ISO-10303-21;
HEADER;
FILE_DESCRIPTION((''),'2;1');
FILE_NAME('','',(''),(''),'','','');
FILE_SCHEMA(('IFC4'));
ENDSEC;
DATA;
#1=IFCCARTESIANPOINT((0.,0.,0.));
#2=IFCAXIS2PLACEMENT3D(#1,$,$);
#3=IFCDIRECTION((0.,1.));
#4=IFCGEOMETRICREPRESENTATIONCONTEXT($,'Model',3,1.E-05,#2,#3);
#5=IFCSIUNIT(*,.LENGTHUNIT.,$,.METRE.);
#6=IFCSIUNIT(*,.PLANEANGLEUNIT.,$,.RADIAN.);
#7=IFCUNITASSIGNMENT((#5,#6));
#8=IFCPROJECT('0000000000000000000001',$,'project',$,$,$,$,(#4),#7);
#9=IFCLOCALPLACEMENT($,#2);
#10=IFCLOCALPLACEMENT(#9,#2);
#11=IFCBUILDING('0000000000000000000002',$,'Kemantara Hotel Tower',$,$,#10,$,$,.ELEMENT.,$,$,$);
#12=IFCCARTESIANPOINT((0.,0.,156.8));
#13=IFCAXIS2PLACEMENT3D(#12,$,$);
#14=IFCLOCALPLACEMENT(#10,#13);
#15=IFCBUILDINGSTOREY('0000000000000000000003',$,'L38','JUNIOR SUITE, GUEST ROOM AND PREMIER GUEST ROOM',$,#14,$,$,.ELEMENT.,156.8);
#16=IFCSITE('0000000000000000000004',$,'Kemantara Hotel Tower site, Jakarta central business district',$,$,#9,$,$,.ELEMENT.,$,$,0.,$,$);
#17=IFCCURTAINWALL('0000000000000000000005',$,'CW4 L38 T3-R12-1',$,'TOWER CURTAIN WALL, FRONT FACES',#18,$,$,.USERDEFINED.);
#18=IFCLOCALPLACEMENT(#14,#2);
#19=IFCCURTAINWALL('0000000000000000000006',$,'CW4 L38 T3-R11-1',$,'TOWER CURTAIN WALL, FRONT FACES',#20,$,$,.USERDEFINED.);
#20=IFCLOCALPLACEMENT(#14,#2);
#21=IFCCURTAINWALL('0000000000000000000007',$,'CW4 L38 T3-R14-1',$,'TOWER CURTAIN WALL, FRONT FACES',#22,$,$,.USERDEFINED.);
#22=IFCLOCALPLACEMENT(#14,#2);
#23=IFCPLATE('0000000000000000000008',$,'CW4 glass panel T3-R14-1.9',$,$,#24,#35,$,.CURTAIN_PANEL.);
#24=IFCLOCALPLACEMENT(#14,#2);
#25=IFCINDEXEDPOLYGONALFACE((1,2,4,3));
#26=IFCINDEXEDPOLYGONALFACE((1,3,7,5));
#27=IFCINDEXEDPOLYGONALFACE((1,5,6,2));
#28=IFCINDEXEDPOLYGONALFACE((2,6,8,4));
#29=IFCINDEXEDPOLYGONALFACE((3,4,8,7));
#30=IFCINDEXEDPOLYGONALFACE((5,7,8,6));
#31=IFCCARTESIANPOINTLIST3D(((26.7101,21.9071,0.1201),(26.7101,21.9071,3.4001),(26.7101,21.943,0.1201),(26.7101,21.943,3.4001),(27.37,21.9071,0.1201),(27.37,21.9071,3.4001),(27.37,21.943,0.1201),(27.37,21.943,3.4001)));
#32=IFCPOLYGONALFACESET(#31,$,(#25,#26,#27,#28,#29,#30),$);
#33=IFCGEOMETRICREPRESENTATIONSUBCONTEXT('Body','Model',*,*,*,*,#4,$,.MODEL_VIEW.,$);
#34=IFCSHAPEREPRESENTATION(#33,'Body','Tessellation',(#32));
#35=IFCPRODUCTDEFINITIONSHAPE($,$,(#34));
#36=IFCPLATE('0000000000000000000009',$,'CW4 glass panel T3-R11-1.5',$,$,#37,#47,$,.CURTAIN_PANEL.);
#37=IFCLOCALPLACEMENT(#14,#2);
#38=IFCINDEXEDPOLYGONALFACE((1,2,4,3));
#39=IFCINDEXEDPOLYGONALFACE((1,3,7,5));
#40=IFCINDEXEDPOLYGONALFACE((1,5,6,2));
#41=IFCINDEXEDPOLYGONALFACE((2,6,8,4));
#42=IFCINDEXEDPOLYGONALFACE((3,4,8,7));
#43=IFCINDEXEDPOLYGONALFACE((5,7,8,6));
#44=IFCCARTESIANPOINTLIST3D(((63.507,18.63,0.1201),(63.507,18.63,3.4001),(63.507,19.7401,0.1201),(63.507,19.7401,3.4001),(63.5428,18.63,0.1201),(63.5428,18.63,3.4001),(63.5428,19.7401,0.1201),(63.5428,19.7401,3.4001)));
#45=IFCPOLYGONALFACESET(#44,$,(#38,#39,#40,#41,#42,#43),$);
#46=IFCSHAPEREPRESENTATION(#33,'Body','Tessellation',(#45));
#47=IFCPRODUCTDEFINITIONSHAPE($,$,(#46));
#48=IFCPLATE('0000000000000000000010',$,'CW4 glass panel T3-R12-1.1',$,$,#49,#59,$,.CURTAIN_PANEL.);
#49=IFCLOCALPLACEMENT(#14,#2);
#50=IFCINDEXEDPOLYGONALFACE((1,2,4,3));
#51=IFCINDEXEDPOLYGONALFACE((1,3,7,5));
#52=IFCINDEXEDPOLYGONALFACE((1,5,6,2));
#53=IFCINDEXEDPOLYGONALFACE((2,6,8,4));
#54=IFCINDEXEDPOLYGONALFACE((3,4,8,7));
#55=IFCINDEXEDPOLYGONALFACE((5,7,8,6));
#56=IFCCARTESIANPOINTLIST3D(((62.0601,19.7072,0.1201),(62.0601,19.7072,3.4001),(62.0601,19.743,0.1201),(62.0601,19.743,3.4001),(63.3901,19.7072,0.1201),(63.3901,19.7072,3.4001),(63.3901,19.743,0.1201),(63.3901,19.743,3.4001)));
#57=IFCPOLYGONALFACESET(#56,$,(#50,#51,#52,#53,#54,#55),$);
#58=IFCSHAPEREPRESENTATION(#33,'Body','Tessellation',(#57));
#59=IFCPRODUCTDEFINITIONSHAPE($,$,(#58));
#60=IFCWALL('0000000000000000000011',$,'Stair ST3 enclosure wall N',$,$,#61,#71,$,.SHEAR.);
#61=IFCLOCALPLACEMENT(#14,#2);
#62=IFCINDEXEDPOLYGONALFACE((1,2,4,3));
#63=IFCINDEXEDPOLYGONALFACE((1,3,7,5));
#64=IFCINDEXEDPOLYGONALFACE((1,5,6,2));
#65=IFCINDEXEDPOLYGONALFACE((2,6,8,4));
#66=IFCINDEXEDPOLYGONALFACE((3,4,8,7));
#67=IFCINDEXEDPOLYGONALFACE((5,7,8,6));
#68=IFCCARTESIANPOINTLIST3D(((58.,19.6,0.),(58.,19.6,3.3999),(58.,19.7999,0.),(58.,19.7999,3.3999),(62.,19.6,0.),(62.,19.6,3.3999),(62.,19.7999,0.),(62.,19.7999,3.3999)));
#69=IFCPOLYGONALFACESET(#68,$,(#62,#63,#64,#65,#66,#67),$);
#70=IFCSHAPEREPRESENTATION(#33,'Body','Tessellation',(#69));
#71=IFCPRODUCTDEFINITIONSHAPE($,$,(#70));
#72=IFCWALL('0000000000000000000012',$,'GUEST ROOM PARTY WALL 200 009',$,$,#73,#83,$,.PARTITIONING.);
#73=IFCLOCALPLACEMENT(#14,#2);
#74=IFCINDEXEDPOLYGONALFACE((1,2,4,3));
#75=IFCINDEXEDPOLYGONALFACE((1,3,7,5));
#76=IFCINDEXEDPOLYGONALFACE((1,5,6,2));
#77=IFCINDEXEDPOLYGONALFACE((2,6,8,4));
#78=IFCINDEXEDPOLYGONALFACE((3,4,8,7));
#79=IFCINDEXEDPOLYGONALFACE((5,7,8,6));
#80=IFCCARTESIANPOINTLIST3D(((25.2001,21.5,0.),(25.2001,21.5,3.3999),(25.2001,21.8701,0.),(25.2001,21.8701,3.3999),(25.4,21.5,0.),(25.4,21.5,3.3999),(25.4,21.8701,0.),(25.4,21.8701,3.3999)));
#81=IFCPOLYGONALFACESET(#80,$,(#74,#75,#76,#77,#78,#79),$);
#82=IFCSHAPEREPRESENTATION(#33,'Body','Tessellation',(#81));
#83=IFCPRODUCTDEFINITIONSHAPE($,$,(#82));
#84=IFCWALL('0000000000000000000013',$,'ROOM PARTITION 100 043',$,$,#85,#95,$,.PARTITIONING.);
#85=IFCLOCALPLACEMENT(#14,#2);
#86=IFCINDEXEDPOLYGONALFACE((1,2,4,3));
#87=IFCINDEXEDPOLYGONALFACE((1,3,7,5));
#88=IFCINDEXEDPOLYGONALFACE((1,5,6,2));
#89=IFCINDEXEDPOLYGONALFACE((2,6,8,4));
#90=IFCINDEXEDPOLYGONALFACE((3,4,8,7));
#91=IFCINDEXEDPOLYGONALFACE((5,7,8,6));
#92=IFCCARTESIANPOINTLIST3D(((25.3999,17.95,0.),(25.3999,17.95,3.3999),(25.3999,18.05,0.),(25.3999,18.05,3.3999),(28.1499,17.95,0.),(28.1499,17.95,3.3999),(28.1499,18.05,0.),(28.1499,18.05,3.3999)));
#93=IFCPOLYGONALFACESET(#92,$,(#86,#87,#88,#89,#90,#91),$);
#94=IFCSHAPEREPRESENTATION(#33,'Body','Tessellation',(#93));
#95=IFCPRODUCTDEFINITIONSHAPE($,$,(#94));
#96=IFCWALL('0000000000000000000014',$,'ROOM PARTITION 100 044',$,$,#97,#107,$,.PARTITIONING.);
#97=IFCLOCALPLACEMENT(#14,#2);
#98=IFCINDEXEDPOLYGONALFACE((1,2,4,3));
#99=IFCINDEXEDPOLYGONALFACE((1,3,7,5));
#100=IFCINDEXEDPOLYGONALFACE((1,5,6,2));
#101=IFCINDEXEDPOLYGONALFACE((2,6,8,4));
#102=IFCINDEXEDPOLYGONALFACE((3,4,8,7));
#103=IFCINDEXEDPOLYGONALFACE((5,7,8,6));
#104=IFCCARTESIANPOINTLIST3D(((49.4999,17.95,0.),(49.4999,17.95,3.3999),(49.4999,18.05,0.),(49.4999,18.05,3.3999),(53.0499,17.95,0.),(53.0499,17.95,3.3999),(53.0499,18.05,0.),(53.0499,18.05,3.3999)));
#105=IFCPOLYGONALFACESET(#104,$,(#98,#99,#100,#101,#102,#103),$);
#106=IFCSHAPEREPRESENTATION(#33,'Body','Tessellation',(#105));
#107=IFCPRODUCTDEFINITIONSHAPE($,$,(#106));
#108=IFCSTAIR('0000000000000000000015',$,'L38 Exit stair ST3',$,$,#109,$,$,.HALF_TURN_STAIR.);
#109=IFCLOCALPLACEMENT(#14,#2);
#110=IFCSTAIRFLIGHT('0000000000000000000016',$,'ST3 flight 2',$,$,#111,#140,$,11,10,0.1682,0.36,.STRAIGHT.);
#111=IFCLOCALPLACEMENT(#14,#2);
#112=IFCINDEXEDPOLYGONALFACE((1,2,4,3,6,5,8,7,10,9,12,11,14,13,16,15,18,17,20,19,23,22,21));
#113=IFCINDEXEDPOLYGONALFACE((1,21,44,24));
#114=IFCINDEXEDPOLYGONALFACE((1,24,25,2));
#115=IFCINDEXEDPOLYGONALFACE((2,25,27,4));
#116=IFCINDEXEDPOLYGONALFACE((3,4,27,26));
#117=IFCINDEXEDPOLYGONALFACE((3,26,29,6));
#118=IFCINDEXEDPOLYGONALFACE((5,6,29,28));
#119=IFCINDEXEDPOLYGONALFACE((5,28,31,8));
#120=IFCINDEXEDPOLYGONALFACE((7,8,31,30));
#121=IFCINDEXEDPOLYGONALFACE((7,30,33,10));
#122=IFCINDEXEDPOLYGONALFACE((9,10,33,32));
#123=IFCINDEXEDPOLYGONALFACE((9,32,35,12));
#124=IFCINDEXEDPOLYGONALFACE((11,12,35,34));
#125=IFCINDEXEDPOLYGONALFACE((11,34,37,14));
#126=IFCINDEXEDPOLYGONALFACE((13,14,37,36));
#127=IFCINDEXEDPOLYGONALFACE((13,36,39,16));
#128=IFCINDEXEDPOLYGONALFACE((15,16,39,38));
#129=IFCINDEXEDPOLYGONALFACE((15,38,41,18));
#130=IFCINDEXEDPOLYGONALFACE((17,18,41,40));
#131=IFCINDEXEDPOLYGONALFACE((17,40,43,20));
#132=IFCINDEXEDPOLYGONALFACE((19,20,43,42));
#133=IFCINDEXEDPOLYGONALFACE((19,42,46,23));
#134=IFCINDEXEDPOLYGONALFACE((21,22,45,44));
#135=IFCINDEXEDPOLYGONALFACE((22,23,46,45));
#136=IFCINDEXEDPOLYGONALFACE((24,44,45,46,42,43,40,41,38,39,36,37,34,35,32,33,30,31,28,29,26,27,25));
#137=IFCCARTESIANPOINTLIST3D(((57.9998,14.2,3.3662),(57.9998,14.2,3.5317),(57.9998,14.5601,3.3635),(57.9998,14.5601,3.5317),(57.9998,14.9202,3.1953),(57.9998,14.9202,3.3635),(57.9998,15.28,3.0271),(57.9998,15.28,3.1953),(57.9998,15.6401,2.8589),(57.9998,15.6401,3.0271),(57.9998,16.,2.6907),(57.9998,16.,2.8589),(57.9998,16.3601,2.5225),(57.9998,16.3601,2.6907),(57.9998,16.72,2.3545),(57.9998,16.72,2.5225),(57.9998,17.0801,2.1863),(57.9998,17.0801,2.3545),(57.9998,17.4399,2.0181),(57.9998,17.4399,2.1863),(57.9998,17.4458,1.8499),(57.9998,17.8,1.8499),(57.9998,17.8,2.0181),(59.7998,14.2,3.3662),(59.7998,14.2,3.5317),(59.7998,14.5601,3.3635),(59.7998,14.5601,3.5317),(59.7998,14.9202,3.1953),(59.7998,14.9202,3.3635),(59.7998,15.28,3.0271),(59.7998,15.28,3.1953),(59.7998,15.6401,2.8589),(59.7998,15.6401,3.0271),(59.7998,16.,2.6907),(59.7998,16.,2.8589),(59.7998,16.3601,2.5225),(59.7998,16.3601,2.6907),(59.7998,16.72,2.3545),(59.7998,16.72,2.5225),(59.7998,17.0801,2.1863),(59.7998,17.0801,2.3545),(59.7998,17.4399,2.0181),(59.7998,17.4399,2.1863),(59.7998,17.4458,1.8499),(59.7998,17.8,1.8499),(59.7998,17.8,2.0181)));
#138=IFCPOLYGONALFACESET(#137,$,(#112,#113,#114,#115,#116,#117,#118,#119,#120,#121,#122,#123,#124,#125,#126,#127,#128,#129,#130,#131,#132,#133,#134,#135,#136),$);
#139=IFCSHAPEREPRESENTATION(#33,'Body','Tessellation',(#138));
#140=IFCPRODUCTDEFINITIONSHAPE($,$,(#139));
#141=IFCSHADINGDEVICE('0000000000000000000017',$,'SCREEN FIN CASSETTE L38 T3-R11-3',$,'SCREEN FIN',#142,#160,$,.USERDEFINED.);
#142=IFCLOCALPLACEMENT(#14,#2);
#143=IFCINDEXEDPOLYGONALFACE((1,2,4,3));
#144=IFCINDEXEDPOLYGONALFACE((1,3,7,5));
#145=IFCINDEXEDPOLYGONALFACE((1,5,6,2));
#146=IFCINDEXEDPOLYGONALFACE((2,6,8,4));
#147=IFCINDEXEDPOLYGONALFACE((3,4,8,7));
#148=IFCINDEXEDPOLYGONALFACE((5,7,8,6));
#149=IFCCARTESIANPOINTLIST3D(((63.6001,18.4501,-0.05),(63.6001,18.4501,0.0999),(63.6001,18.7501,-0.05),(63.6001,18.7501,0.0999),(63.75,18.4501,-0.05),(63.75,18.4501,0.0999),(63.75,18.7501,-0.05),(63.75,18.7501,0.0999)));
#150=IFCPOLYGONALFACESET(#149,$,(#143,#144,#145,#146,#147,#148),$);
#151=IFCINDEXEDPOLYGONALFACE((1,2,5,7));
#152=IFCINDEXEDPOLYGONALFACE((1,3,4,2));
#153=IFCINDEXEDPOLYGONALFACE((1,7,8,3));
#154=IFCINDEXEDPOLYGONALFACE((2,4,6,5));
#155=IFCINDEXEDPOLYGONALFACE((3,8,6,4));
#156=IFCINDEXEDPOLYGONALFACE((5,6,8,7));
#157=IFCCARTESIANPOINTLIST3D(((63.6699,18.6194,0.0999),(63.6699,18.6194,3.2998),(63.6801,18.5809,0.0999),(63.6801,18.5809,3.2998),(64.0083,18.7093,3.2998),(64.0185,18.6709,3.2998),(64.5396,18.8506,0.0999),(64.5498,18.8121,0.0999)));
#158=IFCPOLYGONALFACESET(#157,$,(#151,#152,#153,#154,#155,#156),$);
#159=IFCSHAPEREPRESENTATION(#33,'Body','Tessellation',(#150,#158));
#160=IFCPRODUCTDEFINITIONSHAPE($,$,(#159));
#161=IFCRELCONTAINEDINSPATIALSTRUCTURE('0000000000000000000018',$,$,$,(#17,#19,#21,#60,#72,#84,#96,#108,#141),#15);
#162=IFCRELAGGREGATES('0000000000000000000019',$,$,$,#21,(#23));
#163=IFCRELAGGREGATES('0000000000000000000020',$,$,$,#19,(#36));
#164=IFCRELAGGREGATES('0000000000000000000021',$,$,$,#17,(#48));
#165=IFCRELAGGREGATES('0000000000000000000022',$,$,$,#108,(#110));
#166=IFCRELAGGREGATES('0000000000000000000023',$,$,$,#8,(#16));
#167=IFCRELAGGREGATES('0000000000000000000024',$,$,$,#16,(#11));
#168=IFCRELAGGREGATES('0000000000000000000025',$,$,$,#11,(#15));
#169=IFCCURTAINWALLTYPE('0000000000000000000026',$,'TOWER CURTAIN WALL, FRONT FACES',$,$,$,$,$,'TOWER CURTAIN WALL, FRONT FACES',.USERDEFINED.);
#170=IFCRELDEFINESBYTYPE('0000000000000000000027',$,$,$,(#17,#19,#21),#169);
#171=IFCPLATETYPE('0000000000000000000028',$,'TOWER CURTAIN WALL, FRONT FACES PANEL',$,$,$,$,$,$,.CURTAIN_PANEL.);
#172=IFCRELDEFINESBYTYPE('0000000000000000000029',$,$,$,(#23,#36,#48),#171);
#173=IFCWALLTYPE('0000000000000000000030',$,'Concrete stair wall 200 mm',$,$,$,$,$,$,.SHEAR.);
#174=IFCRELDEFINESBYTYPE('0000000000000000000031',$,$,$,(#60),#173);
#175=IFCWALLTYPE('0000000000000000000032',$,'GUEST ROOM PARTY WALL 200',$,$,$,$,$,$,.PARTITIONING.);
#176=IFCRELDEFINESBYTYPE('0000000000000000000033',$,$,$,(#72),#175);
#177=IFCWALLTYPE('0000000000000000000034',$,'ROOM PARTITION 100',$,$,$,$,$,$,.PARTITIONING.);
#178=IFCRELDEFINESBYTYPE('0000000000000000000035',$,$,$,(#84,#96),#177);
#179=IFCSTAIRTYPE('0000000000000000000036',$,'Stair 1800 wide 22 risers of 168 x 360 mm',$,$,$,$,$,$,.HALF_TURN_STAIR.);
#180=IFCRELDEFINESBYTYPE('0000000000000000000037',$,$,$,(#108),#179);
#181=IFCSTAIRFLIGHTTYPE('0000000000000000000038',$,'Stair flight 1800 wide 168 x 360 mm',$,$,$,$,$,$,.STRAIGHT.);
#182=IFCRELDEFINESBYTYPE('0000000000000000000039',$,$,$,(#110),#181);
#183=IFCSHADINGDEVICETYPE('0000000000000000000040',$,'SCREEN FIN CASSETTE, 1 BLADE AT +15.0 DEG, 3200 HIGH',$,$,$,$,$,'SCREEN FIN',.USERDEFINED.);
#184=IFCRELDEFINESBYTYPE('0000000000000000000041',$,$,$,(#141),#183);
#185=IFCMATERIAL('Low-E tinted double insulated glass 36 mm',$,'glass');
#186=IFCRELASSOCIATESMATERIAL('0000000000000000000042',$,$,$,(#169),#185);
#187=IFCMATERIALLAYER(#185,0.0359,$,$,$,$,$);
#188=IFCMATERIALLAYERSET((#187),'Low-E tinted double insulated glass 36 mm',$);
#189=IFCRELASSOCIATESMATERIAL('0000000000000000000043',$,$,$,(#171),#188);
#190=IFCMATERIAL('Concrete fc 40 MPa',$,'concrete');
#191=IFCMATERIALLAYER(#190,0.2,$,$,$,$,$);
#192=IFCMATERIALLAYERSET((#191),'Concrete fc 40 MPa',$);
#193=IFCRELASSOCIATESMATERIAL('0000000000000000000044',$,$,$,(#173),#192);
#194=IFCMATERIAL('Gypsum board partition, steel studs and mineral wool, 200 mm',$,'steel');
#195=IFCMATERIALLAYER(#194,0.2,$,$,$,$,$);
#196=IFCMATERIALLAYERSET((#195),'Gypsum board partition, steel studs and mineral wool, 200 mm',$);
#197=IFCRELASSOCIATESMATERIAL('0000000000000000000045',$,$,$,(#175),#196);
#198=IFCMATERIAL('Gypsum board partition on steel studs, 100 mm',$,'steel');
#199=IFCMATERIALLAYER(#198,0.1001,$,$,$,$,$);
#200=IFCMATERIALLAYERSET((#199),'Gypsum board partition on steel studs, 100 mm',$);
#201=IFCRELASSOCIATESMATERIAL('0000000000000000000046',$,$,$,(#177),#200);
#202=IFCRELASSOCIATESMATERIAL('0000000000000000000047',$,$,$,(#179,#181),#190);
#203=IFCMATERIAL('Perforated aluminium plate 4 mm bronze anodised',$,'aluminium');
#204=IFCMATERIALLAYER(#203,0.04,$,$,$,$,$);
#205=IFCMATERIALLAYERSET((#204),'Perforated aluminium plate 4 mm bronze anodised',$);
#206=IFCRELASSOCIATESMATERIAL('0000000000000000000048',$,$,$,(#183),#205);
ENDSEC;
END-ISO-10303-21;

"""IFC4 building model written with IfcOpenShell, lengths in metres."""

from ifc_helpers import new_model, si_unit, direction, frame, frame_2d, origin, origin_2d, place, context, subcontext, project, spatial, polyline, rectangle, outline, extrude, source, transform, mapped, material, layer, layer_set, type_object, element, aggregate, save


model = new_model("IFC4")

# Units and contexts
model_context = context("Model", 3, precision=1e-05, world=origin(), true_north=direction((0.0, 1.0)))
body_context = subcontext(model_context, "Body", "Model", "MODEL_VIEW")
ifc_project = project(units=[si_unit("LENGTHUNIT", "METRE"), si_unit("PLANEANGLEUNIT", "RADIAN")], contexts=[model_context])

# Site, building, storey
site_placement = place(None, origin())
site = spatial("IfcSite", under=ifc_project, at=site_placement, Name="Kemantara Hotel Tower site, Jakarta central business district", CompositionType="ELEMENT", RefElevation=0.0)
building_placement = place(site_placement, origin())
building = spatial("IfcBuilding", under=site, at=building_placement, Name="Kemantara Hotel Tower", CompositionType="ELEMENT")
storey_placement = place(building_placement, frame((0.0, 0.0, 156.8)))
storey = spatial("IfcBuildingStorey", under=building, at=storey_placement, Name="L38", Description="JUNIOR SUITE, GUEST ROOM AND PREMIER GUEST ROOM", CompositionType="ELEMENT", Elevation=156.8)

# Curtain wall
ifc_material_1 = material(Name="Low-E tinted double insulated glass 36 mm", Category="glass")
curtain_wall_type = type_object("IfcCurtainWallType", Name="TOWER CURTAIN WALL, FRONT FACES", ElementType="TOWER CURTAIN WALL, FRONT FACES", PredefinedType="USERDEFINED", material=ifc_material_1)
curtain_wall_1_placement = place(storey_placement, origin())
curtain_wall_1 = element("IfcCurtainWall", 1, at=curtain_wall_1_placement, inside=storey, type_object=curtain_wall_type, Name="CW4 L38 T3-R12-1", ObjectType="TOWER CURTAIN WALL, FRONT FACES", PredefinedType="USERDEFINED")

# Curtain walls
curtain_wall_2_placement = place(storey_placement, origin())
curtain_wall_2 = element("IfcCurtainWall", 2, at=curtain_wall_2_placement, inside=storey, type_object=curtain_wall_type, Name="CW4 L38 T3-R11-1", ObjectType="TOWER CURTAIN WALL, FRONT FACES", PredefinedType="USERDEFINED")
curtain_wall_3_placement = place(storey_placement, origin())
curtain_wall_3 = element("IfcCurtainWall", 3, at=curtain_wall_3_placement, inside=storey, type_object=curtain_wall_type, Name="CW4 L38 T3-R14-1", ObjectType="TOWER CURTAIN WALL, FRONT FACES", PredefinedType="USERDEFINED")

# Plates
ifc_layer_1 = layer(ifc_material_1, 0.0359)
ifc_layer_set_1 = layer_set([ifc_layer_1], Name="Low-E tinted double insulated glass 36 mm")
plate_type = type_object("IfcPlateType", Name="TOWER CURTAIN WALL, FRONT FACES PANEL", PredefinedType="CURTAIN_PANEL", material=ifc_layer_set_1)
shared_shape_1 = source(origin(), body_context, "Body", "SweptSolid", [
    extrude(rectangle(XDim=0.6599, YDim=0.0359, at=origin_2d()), origin(), (0.0, 0.0, 1.0), 3.28),
])
plate_1_placement = place(storey_placement, frame((27.04, 21.925, 0.1201), z_axis=(0.0, 0.0, 1.0), x_axis=(-1.0, 0.0, 0.0)))
plate_1 = element("IfcPlate", 4, at=plate_1_placement, type_object=plate_type, Name="CW4 glass panel T3-R14-1.9", PredefinedType="CURTAIN_PANEL", context=body_context, shape_type="MappedRepresentation", body=[
    mapped(shared_shape_1, transform((0.0, 0.0, 0.0))),
])
aggregate(curtain_wall_3, [plate_1])
shared_shape_2 = source(origin(), body_context, "Body", "SweptSolid", [
    extrude(rectangle(XDim=1.1101, YDim=0.0359, at=origin_2d()), origin(), (0.0, 0.0, 1.0), 3.28),
])
plate_2_placement = place(storey_placement, frame((63.5249, 19.1851, 0.1201), z_axis=(0.0, 0.0, 1.0), x_axis=(0.0, 1.0, 0.0)))
plate_2 = element("IfcPlate", 5, at=plate_2_placement, type_object=plate_type, Name="CW4 glass panel T3-R11-1.5", PredefinedType="CURTAIN_PANEL", context=body_context, shape_type="MappedRepresentation", body=[
    mapped(shared_shape_2, transform((0.0, 0.0, 0.0))),
])
aggregate(curtain_wall_2, [plate_2])
shared_shape_3 = source(origin(), body_context, "Body", "SweptSolid", [
    extrude(rectangle(XDim=1.3301, YDim=0.0359, at=origin_2d()), origin(), (0.0, 0.0, 1.0), 3.28),
])
plate_3_placement = place(storey_placement, frame((62.7251, 19.7251, 0.1201), z_axis=(0.0, 0.0, 1.0), x_axis=(-1.0, 0.0, 0.0)))
plate_3 = element("IfcPlate", 6, at=plate_3_placement, type_object=plate_type, Name="CW4 glass panel T3-R12-1.1", PredefinedType="CURTAIN_PANEL", context=body_context, shape_type="MappedRepresentation", body=[
    mapped(shared_shape_3, transform((0.0, 0.0, 0.0))),
])
aggregate(curtain_wall_1, [plate_3])

# Walls
ifc_material_2 = material(Name="Concrete fc 40 MPa", Category="concrete")
ifc_layer_2 = layer(ifc_material_2, 0.2)
ifc_layer_set_2 = layer_set([ifc_layer_2], Name="Concrete fc 40 MPa")
wall_type_1 = type_object("IfcWallType", Name="Concrete stair wall 200 mm", PredefinedType="SHEAR", material=ifc_layer_set_2)
wall_1_placement = place(storey_placement, frame((58.0, 19.7, 0.0), z_axis=(0.0, 0.0, 1.0), x_axis=(1.0, 0.0, 0.0)))
element("IfcWall", 7, at=wall_1_placement, inside=storey, type_object=wall_type_1, Name="Stair ST3 enclosure wall N", PredefinedType="SHEAR", context=body_context, shape_type="SweptSolid", body=[
    extrude(rectangle(XDim=4.0, YDim=0.2, at=frame_2d((2.0, 0.0))), origin(), (0.0, 0.0, 1.0), 3.3999),
])
ifc_material_3 = material(Name="Gypsum board partition, steel studs and mineral wool, 200 mm", Category="steel")
ifc_layer_3 = layer(ifc_material_3, 0.2)
ifc_layer_set_3 = layer_set([ifc_layer_3], Name="Gypsum board partition, steel studs and mineral wool, 200 mm")
wall_type_2 = type_object("IfcWallType", Name="GUEST ROOM PARTY WALL 200", PredefinedType="PARTITIONING", material=ifc_layer_set_3)
wall_2_placement = place(storey_placement, frame((25.3, 21.5, 0.0), z_axis=(0.0, 0.0, 1.0), x_axis=(0.0, 1.0, 0.0)))
element("IfcWall", 8, at=wall_2_placement, inside=storey, type_object=wall_type_2, Name="GUEST ROOM PARTY WALL 200 009", PredefinedType="PARTITIONING", context=body_context, shape_type="SweptSolid", body=[
    extrude(rectangle(XDim=0.3701, YDim=0.2, at=frame_2d((0.1851, 0.0))), origin(), (0.0, 0.0, 1.0), 3.3999),
])
ifc_material_4 = material(Name="Gypsum board partition on steel studs, 100 mm", Category="steel")
ifc_layer_4 = layer(ifc_material_4, 0.1001)
ifc_layer_set_4 = layer_set([ifc_layer_4], Name="Gypsum board partition on steel studs, 100 mm")
wall_type_3 = type_object("IfcWallType", Name="ROOM PARTITION 100", PredefinedType="PARTITIONING", material=ifc_layer_set_4)
wall_3_placement = place(storey_placement, frame((25.3999, 18.0, 0.0), z_axis=(0.0, 0.0, 1.0), x_axis=(1.0, 0.0, 0.0)))
element("IfcWall", 9, at=wall_3_placement, inside=storey, type_object=wall_type_3, Name="ROOM PARTITION 100 043", PredefinedType="PARTITIONING", context=body_context, shape_type="SweptSolid", body=[
    extrude(rectangle(XDim=2.75, YDim=0.1001, at=frame_2d((1.375, 0.0))), origin(), (0.0, 0.0, 1.0), 3.3999),
])
wall_4_placement = place(storey_placement, frame((49.5, 18.0, 0.0), z_axis=(0.0, 0.0, 1.0), x_axis=(1.0, 0.0, 0.0)))
element("IfcWall", 10, at=wall_4_placement, inside=storey, type_object=wall_type_3, Name="ROOM PARTITION 100 044", PredefinedType="PARTITIONING", context=body_context, shape_type="SweptSolid", body=[
    extrude(rectangle(XDim=3.55, YDim=0.1001, at=frame_2d((1.7749, 0.0))), origin(), (0.0, 0.0, 1.0), 3.3999),
])

# Stair, stair flight
stair_type = type_object("IfcStairType", Name="Stair 1800 wide 22 risers of 168 x 360 mm", PredefinedType="HALF_TURN_STAIR", material=ifc_material_2)
stair_placement = place(storey_placement, origin())
stair = element("IfcStair", 11, at=stair_placement, inside=storey, type_object=stair_type, Name="L38 Exit stair ST3", PredefinedType="HALF_TURN_STAIR")
stair_flight_type = type_object("IfcStairFlightType", Name="Stair flight 1800 wide 168 x 360 mm", PredefinedType="STRAIGHT", material=ifc_material_2)
stair_flight_placement = place(storey_placement, frame((58.8999, 17.8, 1.8499), z_axis=(0.0, 0.0, 1.0), x_axis=(0.0, -1.0, 0.0)))
stair_flight = element("IfcStairFlight", 12, at=stair_flight_placement, type_object=stair_flight_type, Name="ST3 flight 2", NumberOfRisers=11, NumberOfTreads=10, PredefinedType="STRAIGHT", RiserHeight=0.1682, TreadLength=0.36, context=body_context, shape_type="SweptSolid", body=[
    extrude(outline(polyline([(0.0, 0.0), (0.0, 0.1682), (0.3601, 0.1682), (0.3601, 0.3364), (0.72, 0.3364), (0.72, 0.5046), (1.0801, 0.5046), (1.0801, 0.6726), (1.4399, 0.6726), (1.4399, 0.8408), (1.8, 0.8408), (1.8, 1.009), (2.1599, 1.009), (2.1599, 1.1772), (2.52, 1.1772), (2.52, 1.3455), (2.8799, 1.3455), (2.8799, 1.5137), (3.24, 1.5137), (3.24, 1.6819), (3.6001, 1.6819), (3.6001, 1.8501), (3.6001, 1.5164), (0.3542, 0.0), (0.0, 0.0)])), frame((0.0, 0.8999, 0.0), z_axis=(0.0, -1.0, 0.0), x_axis=(1.0, 0.0, 0.0)), (0.0, 0.0, 1.0), 1.8),
])
aggregate(stair, [stair_flight])

# Shading device
ifc_material_5 = material(Name="Perforated aluminium plate 4 mm bronze anodised", Category="aluminium")
ifc_layer_5 = layer(ifc_material_5, 0.04)
ifc_layer_set_5 = layer_set([ifc_layer_5], Name="Perforated aluminium plate 4 mm bronze anodised")
shading_device_type = type_object("IfcShadingDeviceType", Name="SCREEN FIN CASSETTE, 1 BLADE AT +15.0 DEG, 3200 HIGH", ElementType="SCREEN FIN", PredefinedType="USERDEFINED", material=ifc_layer_set_5)
shared_shape_4 = source(origin(), body_context, "Body", "SweptSolid", [
    extrude(rectangle(XDim=0.3, YDim=0.1499, at=origin_2d()), frame((0.0, -0.075, -0.1499), z_axis=(0.0, 0.0, 1.0), x_axis=(1.0, 0.0, 0.0)), (0.0, 0.0, 1.0), 0.1499),
    extrude(outline(polyline([(0.0, 0.0), (0.8999, 0.0), (0.3501, 3.2), (0.0, 3.2), (0.0, 0.0)])), frame((0.0193, -0.0698, 0.0), z_axis=(-0.966438, -0.256901, 0.0), x_axis=(0.256901, -0.966438, 0.0)), (0.0, 0.0, 1.0), 0.0398),
])
shading_device_placement = place(storey_placement, frame((63.6001, 18.6001, 0.0999), z_axis=(0.0, 0.0, 1.0), x_axis=(0.0, 1.0, 0.0)))
element("IfcShadingDevice", 13, at=shading_device_placement, inside=storey, type_object=shading_device_type, Name="SCREEN FIN CASSETTE L38 T3-R11-3", ObjectType="SCREEN FIN", PredefinedType="USERDEFINED", context=body_context, shape_type="MappedRepresentation", body=[
    mapped(shared_shape_4, transform((0.0, 0.0, 0.0))),
])

save(model, "model.ifc")
